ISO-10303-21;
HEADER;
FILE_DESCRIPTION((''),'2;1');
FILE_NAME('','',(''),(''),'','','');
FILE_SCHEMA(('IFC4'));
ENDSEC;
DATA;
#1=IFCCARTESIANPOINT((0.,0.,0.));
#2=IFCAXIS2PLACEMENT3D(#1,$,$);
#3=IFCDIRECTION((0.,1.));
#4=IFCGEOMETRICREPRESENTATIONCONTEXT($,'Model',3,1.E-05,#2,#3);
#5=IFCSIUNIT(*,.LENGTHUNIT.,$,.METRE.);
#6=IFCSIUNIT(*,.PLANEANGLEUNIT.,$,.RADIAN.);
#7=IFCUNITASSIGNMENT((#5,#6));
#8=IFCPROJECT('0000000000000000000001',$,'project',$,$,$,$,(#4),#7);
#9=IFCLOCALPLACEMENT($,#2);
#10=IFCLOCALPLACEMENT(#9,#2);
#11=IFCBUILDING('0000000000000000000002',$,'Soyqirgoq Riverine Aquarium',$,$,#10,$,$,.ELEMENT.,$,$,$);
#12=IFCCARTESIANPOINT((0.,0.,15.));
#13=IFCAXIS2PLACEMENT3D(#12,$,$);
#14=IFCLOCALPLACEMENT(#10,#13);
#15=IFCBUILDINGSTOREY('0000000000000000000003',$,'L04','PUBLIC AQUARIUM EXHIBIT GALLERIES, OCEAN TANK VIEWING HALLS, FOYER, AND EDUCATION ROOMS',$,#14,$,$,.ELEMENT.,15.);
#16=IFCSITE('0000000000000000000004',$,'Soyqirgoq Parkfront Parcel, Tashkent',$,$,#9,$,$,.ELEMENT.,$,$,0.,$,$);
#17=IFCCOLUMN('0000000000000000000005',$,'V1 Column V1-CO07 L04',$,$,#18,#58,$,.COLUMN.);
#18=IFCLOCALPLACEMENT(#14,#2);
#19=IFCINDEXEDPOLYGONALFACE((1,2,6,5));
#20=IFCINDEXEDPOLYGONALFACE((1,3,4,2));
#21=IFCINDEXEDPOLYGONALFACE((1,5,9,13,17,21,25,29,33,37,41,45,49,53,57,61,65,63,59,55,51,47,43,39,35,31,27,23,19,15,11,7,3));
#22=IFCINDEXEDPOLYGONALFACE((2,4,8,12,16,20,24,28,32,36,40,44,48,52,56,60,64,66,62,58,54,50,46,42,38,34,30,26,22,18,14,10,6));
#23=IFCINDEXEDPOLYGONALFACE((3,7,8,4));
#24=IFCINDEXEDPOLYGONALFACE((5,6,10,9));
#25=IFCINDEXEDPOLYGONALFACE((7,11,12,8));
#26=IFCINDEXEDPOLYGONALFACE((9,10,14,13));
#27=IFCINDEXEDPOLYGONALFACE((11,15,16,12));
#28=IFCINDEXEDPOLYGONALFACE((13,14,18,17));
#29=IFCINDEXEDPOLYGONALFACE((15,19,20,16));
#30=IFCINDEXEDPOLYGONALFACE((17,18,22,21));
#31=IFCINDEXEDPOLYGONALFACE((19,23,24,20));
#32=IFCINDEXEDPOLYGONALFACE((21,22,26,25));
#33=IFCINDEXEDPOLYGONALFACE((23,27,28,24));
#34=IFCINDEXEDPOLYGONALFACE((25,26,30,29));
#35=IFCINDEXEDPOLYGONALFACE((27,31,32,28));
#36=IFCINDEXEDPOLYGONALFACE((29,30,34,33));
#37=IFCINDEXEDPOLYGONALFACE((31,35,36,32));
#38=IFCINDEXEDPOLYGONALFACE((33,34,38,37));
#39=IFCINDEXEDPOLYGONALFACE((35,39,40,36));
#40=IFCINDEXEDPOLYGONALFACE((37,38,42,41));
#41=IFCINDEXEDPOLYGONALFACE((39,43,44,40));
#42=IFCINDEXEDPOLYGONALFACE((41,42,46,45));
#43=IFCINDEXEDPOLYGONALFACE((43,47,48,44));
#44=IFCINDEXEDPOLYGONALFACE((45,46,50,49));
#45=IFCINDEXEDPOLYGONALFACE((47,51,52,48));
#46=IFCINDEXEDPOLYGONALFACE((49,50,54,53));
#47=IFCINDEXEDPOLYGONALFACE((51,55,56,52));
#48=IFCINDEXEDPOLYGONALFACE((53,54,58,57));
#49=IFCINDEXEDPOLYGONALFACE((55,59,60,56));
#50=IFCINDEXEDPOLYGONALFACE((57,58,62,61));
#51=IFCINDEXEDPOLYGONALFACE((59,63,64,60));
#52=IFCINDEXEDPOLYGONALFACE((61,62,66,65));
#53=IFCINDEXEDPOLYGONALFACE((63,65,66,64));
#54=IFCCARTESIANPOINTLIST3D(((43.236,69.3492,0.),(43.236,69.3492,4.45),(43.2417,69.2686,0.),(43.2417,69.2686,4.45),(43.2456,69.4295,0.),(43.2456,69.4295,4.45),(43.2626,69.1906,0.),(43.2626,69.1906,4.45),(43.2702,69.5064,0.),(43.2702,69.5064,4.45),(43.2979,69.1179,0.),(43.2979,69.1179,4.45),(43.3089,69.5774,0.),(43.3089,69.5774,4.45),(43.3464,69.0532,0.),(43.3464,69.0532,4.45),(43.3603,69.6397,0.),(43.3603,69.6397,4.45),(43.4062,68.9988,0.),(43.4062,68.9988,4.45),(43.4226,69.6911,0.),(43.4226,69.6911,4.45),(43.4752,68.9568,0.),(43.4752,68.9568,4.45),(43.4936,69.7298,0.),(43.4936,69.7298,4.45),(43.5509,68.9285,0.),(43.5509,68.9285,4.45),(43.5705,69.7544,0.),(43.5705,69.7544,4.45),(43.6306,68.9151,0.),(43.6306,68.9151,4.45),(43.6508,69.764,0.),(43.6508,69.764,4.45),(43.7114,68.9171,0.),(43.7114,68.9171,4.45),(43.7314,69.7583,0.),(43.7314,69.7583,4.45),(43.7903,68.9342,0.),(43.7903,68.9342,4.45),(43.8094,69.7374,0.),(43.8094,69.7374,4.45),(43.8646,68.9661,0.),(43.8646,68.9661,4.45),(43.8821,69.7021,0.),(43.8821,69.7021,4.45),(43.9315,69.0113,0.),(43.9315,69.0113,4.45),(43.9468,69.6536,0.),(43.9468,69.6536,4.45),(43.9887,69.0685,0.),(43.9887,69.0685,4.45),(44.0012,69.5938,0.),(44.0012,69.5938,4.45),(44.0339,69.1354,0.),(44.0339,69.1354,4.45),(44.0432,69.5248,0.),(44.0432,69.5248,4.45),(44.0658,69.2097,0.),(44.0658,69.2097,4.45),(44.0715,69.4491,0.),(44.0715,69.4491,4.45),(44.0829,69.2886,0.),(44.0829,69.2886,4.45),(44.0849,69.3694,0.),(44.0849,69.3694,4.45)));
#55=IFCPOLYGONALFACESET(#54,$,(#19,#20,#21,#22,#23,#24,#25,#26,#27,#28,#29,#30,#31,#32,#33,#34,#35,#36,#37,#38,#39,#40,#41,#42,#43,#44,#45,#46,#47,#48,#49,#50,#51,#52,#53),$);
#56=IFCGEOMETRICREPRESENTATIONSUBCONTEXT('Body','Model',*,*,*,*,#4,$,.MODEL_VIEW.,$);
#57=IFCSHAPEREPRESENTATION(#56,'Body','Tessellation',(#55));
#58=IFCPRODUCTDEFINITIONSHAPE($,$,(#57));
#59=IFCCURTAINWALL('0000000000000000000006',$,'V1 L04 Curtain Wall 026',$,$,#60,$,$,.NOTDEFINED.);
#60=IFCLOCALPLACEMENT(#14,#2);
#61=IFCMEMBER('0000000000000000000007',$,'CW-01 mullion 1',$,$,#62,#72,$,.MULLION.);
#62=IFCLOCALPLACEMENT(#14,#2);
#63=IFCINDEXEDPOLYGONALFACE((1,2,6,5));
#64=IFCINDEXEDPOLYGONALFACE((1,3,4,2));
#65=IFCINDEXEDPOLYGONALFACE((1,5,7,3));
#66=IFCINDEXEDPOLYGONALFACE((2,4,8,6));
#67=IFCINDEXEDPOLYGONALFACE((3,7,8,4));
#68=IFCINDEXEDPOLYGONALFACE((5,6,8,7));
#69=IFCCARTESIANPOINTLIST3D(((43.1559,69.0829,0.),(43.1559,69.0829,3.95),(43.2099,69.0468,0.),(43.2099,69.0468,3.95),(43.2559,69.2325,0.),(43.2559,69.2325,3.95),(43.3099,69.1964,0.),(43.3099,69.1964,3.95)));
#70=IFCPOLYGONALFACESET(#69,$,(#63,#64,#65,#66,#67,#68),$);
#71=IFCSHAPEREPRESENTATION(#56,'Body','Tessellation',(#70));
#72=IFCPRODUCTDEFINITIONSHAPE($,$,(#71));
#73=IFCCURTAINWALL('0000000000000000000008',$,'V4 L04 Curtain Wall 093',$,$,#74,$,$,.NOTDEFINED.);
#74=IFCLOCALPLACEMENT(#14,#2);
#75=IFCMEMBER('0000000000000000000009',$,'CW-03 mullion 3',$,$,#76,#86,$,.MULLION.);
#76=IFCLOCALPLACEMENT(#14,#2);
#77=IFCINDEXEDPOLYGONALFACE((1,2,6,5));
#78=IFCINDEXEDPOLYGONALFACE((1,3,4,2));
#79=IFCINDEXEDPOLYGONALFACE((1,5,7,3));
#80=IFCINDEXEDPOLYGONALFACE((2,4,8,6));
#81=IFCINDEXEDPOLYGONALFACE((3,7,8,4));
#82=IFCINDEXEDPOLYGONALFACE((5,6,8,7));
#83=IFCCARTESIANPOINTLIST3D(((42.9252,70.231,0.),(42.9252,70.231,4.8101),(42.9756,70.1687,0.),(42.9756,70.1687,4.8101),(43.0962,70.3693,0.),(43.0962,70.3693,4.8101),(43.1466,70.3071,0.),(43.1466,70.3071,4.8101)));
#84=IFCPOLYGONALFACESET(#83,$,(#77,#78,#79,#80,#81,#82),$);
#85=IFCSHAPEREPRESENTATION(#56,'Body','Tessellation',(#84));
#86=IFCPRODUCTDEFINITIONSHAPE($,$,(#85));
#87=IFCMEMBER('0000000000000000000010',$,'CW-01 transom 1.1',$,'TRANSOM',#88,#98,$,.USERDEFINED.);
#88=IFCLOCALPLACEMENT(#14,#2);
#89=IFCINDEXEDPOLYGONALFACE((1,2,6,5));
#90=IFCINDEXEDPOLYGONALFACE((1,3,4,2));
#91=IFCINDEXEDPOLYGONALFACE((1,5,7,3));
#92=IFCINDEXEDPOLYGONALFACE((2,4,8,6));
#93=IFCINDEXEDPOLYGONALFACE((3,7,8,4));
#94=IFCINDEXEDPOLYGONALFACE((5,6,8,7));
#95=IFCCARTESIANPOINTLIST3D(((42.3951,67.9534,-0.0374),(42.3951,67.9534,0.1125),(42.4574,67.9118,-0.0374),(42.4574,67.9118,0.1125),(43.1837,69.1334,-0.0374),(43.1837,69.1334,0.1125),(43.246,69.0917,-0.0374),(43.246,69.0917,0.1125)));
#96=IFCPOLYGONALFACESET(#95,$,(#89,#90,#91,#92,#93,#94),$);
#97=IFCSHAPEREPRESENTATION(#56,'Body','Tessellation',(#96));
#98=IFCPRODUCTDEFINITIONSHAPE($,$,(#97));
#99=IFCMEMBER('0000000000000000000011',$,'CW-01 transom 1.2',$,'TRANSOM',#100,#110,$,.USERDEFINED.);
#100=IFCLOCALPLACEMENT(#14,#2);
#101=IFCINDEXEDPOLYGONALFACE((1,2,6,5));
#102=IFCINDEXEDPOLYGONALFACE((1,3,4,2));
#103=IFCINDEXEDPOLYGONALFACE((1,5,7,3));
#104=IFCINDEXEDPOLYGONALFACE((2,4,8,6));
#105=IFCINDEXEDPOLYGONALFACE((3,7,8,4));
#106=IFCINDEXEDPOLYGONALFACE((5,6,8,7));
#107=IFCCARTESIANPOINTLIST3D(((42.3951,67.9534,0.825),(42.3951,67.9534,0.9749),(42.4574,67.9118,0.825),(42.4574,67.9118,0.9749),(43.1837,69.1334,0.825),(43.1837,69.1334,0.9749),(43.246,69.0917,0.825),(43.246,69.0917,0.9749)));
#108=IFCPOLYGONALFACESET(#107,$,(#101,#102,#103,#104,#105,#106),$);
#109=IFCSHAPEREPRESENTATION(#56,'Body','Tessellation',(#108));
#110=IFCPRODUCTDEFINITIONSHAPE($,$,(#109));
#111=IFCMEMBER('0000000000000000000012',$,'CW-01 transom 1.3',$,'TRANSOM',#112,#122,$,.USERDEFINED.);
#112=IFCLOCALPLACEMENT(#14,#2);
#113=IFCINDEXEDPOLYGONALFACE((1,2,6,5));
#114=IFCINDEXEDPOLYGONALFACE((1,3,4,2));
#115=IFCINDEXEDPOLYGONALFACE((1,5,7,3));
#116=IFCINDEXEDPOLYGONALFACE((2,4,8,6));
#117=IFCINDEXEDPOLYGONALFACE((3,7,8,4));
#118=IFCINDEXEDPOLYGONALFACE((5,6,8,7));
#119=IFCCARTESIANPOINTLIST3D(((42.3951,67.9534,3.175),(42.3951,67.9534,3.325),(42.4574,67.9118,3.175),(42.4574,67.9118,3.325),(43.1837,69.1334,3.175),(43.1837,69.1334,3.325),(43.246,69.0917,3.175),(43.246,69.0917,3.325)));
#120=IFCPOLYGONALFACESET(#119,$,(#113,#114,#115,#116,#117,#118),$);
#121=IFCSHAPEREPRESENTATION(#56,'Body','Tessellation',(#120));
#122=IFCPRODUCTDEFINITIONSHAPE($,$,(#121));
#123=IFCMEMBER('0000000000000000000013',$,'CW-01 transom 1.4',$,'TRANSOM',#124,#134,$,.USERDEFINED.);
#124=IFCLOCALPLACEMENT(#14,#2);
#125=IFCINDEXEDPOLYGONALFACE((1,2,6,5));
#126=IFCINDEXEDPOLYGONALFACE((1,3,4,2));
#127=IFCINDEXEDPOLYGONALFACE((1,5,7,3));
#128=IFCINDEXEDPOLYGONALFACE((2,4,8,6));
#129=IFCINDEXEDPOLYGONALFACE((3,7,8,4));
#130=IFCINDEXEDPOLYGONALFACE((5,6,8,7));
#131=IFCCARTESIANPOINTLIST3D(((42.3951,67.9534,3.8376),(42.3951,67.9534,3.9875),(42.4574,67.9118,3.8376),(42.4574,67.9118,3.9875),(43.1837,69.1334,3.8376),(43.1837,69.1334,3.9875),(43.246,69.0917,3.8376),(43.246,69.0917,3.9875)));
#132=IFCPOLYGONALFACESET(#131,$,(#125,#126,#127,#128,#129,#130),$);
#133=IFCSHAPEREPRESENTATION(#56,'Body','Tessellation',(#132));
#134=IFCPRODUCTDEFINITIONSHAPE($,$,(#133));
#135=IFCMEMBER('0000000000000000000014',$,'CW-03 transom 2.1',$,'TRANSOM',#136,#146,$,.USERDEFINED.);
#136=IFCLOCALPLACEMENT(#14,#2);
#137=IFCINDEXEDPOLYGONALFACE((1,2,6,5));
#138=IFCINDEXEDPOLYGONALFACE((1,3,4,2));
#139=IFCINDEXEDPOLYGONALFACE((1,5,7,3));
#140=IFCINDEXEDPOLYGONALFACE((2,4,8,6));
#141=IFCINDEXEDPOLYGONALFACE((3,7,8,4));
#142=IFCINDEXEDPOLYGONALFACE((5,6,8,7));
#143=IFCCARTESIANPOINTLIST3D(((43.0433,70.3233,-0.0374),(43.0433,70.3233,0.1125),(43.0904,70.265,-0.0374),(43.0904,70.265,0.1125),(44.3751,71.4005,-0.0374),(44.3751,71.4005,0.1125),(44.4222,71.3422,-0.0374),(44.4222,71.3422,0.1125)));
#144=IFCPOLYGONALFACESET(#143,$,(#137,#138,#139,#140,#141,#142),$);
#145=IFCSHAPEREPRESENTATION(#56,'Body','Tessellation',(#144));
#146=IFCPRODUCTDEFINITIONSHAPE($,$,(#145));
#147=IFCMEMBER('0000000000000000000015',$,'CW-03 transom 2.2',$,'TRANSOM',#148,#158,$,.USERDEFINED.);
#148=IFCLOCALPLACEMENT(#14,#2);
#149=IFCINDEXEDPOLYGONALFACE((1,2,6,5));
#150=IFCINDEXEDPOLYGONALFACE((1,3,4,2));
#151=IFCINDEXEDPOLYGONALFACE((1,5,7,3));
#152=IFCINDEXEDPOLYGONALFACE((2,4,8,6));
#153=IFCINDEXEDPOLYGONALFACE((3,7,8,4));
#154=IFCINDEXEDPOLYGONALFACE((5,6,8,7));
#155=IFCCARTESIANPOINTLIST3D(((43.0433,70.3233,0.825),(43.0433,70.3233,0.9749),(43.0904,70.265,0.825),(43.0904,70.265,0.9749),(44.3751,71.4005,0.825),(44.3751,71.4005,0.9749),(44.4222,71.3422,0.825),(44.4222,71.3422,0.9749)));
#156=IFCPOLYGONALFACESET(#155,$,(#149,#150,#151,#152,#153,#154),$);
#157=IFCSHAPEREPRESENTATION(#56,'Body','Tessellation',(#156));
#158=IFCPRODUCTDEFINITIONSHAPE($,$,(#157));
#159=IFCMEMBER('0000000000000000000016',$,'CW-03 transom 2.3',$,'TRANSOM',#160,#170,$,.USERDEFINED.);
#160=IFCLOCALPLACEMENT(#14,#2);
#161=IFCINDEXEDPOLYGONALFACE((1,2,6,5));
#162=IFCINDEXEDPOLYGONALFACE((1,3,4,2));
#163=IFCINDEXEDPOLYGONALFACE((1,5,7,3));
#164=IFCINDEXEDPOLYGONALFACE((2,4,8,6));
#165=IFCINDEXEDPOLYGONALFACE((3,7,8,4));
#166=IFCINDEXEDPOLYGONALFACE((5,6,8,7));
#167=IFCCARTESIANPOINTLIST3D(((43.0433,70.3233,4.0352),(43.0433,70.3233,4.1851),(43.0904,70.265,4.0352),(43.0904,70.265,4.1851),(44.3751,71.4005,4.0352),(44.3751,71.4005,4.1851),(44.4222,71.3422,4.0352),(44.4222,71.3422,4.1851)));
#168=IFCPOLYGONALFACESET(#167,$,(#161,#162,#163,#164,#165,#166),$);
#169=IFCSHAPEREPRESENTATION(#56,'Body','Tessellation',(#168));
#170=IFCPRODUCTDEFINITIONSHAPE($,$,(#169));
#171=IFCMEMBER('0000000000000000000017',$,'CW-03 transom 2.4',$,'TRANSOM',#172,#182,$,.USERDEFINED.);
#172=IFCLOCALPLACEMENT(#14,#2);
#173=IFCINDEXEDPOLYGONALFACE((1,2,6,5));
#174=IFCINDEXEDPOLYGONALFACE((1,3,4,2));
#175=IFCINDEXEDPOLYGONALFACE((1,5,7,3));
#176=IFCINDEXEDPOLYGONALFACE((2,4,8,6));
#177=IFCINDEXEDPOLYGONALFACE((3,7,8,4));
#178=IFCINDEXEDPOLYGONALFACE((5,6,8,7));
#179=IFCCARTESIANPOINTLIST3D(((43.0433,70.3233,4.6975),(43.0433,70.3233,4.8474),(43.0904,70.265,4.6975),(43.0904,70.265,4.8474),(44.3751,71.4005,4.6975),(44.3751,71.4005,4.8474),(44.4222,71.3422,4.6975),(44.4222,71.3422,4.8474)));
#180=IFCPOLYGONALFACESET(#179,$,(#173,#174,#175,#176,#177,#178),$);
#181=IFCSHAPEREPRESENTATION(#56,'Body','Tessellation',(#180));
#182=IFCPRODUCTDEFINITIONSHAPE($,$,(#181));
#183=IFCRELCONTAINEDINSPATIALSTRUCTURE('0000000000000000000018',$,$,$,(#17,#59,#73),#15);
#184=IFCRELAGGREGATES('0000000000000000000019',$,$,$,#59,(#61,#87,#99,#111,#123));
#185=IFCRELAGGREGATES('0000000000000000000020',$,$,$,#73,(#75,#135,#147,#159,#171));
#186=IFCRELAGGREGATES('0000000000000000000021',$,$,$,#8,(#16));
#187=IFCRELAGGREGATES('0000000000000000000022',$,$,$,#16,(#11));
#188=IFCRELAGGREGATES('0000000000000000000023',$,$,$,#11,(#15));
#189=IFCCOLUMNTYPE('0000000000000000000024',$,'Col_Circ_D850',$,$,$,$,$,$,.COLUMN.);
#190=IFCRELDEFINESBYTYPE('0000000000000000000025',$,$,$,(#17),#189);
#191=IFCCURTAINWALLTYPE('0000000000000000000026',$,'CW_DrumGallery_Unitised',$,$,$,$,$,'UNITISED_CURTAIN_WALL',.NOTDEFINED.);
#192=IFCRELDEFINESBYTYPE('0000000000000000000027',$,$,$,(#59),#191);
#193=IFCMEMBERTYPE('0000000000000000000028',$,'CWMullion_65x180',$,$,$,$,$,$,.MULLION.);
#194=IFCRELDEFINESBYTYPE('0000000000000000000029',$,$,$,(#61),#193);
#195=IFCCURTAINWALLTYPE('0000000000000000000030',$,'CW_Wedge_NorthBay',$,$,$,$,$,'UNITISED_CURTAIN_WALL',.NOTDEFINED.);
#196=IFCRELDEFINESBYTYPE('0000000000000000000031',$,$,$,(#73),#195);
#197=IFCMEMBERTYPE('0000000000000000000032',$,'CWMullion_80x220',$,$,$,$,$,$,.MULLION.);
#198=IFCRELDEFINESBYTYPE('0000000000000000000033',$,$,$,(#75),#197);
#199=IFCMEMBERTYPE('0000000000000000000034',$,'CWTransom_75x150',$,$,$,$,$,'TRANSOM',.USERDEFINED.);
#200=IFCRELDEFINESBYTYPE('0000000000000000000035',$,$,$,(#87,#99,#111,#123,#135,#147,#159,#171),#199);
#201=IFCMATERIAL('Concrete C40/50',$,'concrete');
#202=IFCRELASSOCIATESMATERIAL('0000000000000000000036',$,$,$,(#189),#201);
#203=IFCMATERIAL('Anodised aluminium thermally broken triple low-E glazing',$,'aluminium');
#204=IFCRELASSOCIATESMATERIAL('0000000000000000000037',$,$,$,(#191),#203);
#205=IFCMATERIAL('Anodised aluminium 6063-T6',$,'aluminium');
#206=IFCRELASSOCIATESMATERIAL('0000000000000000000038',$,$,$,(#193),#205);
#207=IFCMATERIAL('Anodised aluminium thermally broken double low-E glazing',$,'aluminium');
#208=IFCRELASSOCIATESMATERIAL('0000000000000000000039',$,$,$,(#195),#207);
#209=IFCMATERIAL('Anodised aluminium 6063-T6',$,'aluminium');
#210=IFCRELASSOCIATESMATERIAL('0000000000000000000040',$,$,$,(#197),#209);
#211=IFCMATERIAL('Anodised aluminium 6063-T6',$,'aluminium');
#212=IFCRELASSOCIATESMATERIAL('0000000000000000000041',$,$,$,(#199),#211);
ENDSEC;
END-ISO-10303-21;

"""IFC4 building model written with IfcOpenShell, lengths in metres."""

from ifc_helpers import new_model, si_unit, direction, frame, origin, origin_2d, place, context, subcontext, project, spatial, rectangle, circle, extrude, material, material_profile, profile_set, type_object, element, aggregate, save


model = new_model("IFC4")

# Units and contexts
model_context = context("Model", 3, precision=1e-05, world=origin(), true_north=direction((0.0, 1.0)))
body_context = subcontext(model_context, "Body", "Model", "MODEL_VIEW")
ifc_project = project(units=[si_unit("LENGTHUNIT", "METRE"), si_unit("PLANEANGLEUNIT", "RADIAN")], contexts=[model_context])

# Site, building, storey
site_placement = place(None, origin())
site = spatial("IfcSite", under=ifc_project, at=site_placement, Name="Soyqirgoq Parkfront Parcel, Tashkent", CompositionType="ELEMENT", RefElevation=0.0)
building_placement = place(site_placement, origin())
building = spatial("IfcBuilding", under=site, at=building_placement, Name="Soyqirgoq Riverine Aquarium", CompositionType="ELEMENT")
storey_placement = place(building_placement, frame((0.0, 0.0, 15.0)))
storey = spatial("IfcBuildingStorey", under=building, at=storey_placement, Name="L04", Description="PUBLIC AQUARIUM EXHIBIT GALLERIES, OCEAN TANK VIEWING HALLS, FOYER, AND EDUCATION ROOMS", CompositionType="ELEMENT", Elevation=15.0)

# Column
ifc_material_1 = material(Name="Concrete C40/50", Category="concrete")
ifc_material_profile_1 = material_profile(ifc_material_1, circle(Radius=0.425, at=origin_2d()), Name="RC-COL D850")
ifc_profile_set_1 = profile_set([ifc_material_profile_1], Name="Concrete C40/50")
column_type = type_object("IfcColumnType", Name="Col_Circ_D850", PredefinedType="COLUMN", material=ifc_profile_set_1)
column_placement = place(storey_placement, frame((43.6609, 69.3391, 0.0), z_axis=(0.0, 0.0, 1.0), x_axis=(-0.707107, 0.707107, 0.0)))
element("IfcColumn", 1, at=column_placement, inside=storey, type_object=column_type, Name="V1 Column V1-CO07 L04", PredefinedType="COLUMN", context=body_context, shape_type="SweptSolid", body=[
    extrude(circle(Radius=0.425, at=origin_2d()), origin(), (0.0, 0.0, 1.0), 4.45),
])

# Curtain walls, members
ifc_material_2 = material(Name="Anodised aluminium thermally broken triple low-E glazing", Category="aluminium")
curtain_wall_type_1 = type_object("IfcCurtainWallType", Name="CW_DrumGallery_Unitised", ElementType="UNITISED_CURTAIN_WALL", PredefinedType="NOTDEFINED", material=ifc_material_2)
curtain_wall_1_placement = place(storey_placement, origin())
curtain_wall_1 = element("IfcCurtainWall", 2, at=curtain_wall_1_placement, inside=storey, type_object=curtain_wall_type_1, Name="V1 L04 Curtain Wall 026", PredefinedType="NOTDEFINED")
ifc_material_3 = material(Name="Anodised aluminium 6063-T6", Category="aluminium")
ifc_material_profile_2 = material_profile(ifc_material_3, rectangle(XDim=0.0649, YDim=0.1799, at=origin_2d()), Name="ALU-M 65x180")
ifc_profile_set_2 = profile_set([ifc_material_profile_2], Name="Anodised aluminium 6063-T6")
member_type_1 = type_object("IfcMemberType", Name="CWMullion_65x180", PredefinedType="MULLION", material=ifc_profile_set_2)
member_1_placement = place(storey_placement, frame((43.2329, 69.1396, 0.0), z_axis=(0.0, 0.0, 1.0), x_axis=(0.831464, -0.555579, 0.0)))
member_1 = element("IfcMember", 3, at=member_1_placement, type_object=member_type_1, Name="CW-01 mullion 1", PredefinedType="MULLION", context=body_context, shape_type="SweptSolid", body=[
    extrude(rectangle(XDim=0.0649, YDim=0.1799, at=origin_2d()), origin(), (0.0, 0.0, 1.0), 3.95),
])
ifc_material_4 = material(Name="Anodised aluminium thermally broken double low-E glazing", Category="aluminium")
curtain_wall_type_2 = type_object("IfcCurtainWallType", Name="CW_Wedge_NorthBay", ElementType="UNITISED_CURTAIN_WALL", PredefinedType="NOTDEFINED", material=ifc_material_4)
curtain_wall_2_placement = place(storey_placement, origin())
curtain_wall_2 = element("IfcCurtainWall", 4, at=curtain_wall_2_placement, inside=storey, type_object=curtain_wall_type_2, Name="V4 L04 Curtain Wall 093", PredefinedType="NOTDEFINED")
ifc_material_5 = material(Name="Anodised aluminium 6063-T6", Category="aluminium")
ifc_material_profile_3 = material_profile(ifc_material_5, rectangle(XDim=0.0801, YDim=0.22, at=origin_2d()), Name="ALU-M 80x220")
ifc_profile_set_3 = profile_set([ifc_material_profile_3], Name="Anodised aluminium 6063-T6")
member_type_2 = type_object("IfcMemberType", Name="CWMullion_80x220", PredefinedType="MULLION", material=ifc_profile_set_3)
member_2_placement = place(storey_placement, frame((43.0359, 70.269, 0.0), z_axis=(0.0, 0.0, 1.0), x_axis=(0.628894, -0.777491, 0.0)))
member_2 = element("IfcMember", 5, at=member_2_placement, type_object=member_type_2, Name="CW-03 mullion 3", PredefinedType="MULLION", context=body_context, shape_type="SweptSolid", body=[
    extrude(rectangle(XDim=0.0801, YDim=0.22, at=origin_2d()), origin(), (0.0, 0.0, 1.0), 4.8101),
])

# Members
ifc_material_6 = material(Name="Anodised aluminium 6063-T6", Category="aluminium")
ifc_material_profile_4 = material_profile(ifc_material_6, rectangle(XDim=0.075, YDim=0.1499, at=origin_2d()), Name="ALU-T 75x150")
ifc_profile_set_4 = profile_set([ifc_material_profile_4], Name="Anodised aluminium 6063-T6")
member_type_3 = type_object("IfcMemberType", Name="CWTransom_75x150", ElementType="TRANSOM", PredefinedType="USERDEFINED", material=ifc_profile_set_4)
member_3_placement = place(storey_placement, frame((43.2148, 69.1125, 0.0376), z_axis=(-0.555653, -0.831415, 0.0), x_axis=(0.831415, -0.555653, 0.0)))
member_3 = element("IfcMember", 6, at=member_3_placement, type_object=member_type_3, Name="CW-01 transom 1.1", ObjectType="TRANSOM", PredefinedType="USERDEFINED", context=body_context, shape_type="SweptSolid", body=[
    extrude(rectangle(XDim=0.075, YDim=0.1499, at=origin_2d()), origin(), (0.0, 0.0, 1.0), 1.4192),
])
member_4_placement = place(storey_placement, frame((43.2148, 69.1125, 0.8999), z_axis=(-0.555653, -0.831415, 0.0), x_axis=(0.831415, -0.555653, 0.0)))
member_4 = element("IfcMember", 7, at=member_4_placement, type_object=member_type_3, Name="CW-01 transom 1.2", ObjectType="TRANSOM", PredefinedType="USERDEFINED", context=body_context, shape_type="SweptSolid", body=[
    extrude(rectangle(XDim=0.075, YDim=0.1499, at=origin_2d()), origin(), (0.0, 0.0, 1.0), 1.4192),
])
member_5_placement = place(storey_placement, frame((43.2148, 69.1125, 3.25), z_axis=(-0.555653, -0.831415, 0.0), x_axis=(0.831415, -0.555653, 0.0)))
member_5 = element("IfcMember", 8, at=member_5_placement, type_object=member_type_3, Name="CW-01 transom 1.3", ObjectType="TRANSOM", PredefinedType="USERDEFINED", context=body_context, shape_type="SweptSolid", body=[
    extrude(rectangle(XDim=0.075, YDim=0.1499, at=origin_2d()), origin(), (0.0, 0.0, 1.0), 1.4192),
])
member_6_placement = place(storey_placement, frame((43.2148, 69.1125, 3.9126), z_axis=(-0.555653, -0.831415, 0.0), x_axis=(0.831415, -0.555653, 0.0)))
member_6 = element("IfcMember", 9, at=member_6_placement, type_object=member_type_3, Name="CW-01 transom 1.4", ObjectType="TRANSOM", PredefinedType="USERDEFINED", context=body_context, shape_type="SweptSolid", body=[
    extrude(rectangle(XDim=0.075, YDim=0.1499, at=origin_2d()), origin(), (0.0, 0.0, 1.0), 1.4192),
])
member_7_placement = place(storey_placement, frame((44.3987, 71.3713, 0.0376), z_axis=(-0.77752, -0.628858, 0.0), x_axis=(0.628858, -0.77752, 0.0)))
member_7 = element("IfcMember", 10, at=member_7_placement, type_object=member_type_3, Name="CW-03 transom 2.1", ObjectType="TRANSOM", PredefinedType="USERDEFINED", context=body_context, shape_type="SweptSolid", body=[
    extrude(rectangle(XDim=0.075, YDim=0.1499, at=origin_2d()), origin(), (0.0, 0.0, 1.0), 1.7129),
])
member_8_placement = place(storey_placement, frame((44.3987, 71.3713, 0.8999), z_axis=(-0.77752, -0.628858, 0.0), x_axis=(0.628858, -0.77752, 0.0)))
member_8 = element("IfcMember", 11, at=member_8_placement, type_object=member_type_3, Name="CW-03 transom 2.2", ObjectType="TRANSOM", PredefinedType="USERDEFINED", context=body_context, shape_type="SweptSolid", body=[
    extrude(rectangle(XDim=0.075, YDim=0.1499, at=origin_2d()), origin(), (0.0, 0.0, 1.0), 1.7129),
])
member_9_placement = place(storey_placement, frame((44.3987, 71.3713, 4.1101), z_axis=(-0.77752, -0.628858, 0.0), x_axis=(0.628858, -0.77752, 0.0)))
member_9 = element("IfcMember", 12, at=member_9_placement, type_object=member_type_3, Name="CW-03 transom 2.3", ObjectType="TRANSOM", PredefinedType="USERDEFINED", context=body_context, shape_type="SweptSolid", body=[
    extrude(rectangle(XDim=0.075, YDim=0.1499, at=origin_2d()), origin(), (0.0, 0.0, 1.0), 1.7129),
])
member_10_placement = place(storey_placement, frame((44.3987, 71.3713, 4.7725), z_axis=(-0.77752, -0.628858, 0.0), x_axis=(0.628858, -0.77752, 0.0)))
member_10 = element("IfcMember", 13, at=member_10_placement, type_object=member_type_3, Name="CW-03 transom 2.4", ObjectType="TRANSOM", PredefinedType="USERDEFINED", context=body_context, shape_type="SweptSolid", body=[
    extrude(rectangle(XDim=0.075, YDim=0.1499, at=origin_2d()), origin(), (0.0, 0.0, 1.0), 1.7129),
])

aggregate(curtain_wall_1, [member_1, member_3, member_4, member_5, member_6])
aggregate(curtain_wall_2, [member_2, member_7, member_8, member_9, member_10])

save(model, "model.ifc")
